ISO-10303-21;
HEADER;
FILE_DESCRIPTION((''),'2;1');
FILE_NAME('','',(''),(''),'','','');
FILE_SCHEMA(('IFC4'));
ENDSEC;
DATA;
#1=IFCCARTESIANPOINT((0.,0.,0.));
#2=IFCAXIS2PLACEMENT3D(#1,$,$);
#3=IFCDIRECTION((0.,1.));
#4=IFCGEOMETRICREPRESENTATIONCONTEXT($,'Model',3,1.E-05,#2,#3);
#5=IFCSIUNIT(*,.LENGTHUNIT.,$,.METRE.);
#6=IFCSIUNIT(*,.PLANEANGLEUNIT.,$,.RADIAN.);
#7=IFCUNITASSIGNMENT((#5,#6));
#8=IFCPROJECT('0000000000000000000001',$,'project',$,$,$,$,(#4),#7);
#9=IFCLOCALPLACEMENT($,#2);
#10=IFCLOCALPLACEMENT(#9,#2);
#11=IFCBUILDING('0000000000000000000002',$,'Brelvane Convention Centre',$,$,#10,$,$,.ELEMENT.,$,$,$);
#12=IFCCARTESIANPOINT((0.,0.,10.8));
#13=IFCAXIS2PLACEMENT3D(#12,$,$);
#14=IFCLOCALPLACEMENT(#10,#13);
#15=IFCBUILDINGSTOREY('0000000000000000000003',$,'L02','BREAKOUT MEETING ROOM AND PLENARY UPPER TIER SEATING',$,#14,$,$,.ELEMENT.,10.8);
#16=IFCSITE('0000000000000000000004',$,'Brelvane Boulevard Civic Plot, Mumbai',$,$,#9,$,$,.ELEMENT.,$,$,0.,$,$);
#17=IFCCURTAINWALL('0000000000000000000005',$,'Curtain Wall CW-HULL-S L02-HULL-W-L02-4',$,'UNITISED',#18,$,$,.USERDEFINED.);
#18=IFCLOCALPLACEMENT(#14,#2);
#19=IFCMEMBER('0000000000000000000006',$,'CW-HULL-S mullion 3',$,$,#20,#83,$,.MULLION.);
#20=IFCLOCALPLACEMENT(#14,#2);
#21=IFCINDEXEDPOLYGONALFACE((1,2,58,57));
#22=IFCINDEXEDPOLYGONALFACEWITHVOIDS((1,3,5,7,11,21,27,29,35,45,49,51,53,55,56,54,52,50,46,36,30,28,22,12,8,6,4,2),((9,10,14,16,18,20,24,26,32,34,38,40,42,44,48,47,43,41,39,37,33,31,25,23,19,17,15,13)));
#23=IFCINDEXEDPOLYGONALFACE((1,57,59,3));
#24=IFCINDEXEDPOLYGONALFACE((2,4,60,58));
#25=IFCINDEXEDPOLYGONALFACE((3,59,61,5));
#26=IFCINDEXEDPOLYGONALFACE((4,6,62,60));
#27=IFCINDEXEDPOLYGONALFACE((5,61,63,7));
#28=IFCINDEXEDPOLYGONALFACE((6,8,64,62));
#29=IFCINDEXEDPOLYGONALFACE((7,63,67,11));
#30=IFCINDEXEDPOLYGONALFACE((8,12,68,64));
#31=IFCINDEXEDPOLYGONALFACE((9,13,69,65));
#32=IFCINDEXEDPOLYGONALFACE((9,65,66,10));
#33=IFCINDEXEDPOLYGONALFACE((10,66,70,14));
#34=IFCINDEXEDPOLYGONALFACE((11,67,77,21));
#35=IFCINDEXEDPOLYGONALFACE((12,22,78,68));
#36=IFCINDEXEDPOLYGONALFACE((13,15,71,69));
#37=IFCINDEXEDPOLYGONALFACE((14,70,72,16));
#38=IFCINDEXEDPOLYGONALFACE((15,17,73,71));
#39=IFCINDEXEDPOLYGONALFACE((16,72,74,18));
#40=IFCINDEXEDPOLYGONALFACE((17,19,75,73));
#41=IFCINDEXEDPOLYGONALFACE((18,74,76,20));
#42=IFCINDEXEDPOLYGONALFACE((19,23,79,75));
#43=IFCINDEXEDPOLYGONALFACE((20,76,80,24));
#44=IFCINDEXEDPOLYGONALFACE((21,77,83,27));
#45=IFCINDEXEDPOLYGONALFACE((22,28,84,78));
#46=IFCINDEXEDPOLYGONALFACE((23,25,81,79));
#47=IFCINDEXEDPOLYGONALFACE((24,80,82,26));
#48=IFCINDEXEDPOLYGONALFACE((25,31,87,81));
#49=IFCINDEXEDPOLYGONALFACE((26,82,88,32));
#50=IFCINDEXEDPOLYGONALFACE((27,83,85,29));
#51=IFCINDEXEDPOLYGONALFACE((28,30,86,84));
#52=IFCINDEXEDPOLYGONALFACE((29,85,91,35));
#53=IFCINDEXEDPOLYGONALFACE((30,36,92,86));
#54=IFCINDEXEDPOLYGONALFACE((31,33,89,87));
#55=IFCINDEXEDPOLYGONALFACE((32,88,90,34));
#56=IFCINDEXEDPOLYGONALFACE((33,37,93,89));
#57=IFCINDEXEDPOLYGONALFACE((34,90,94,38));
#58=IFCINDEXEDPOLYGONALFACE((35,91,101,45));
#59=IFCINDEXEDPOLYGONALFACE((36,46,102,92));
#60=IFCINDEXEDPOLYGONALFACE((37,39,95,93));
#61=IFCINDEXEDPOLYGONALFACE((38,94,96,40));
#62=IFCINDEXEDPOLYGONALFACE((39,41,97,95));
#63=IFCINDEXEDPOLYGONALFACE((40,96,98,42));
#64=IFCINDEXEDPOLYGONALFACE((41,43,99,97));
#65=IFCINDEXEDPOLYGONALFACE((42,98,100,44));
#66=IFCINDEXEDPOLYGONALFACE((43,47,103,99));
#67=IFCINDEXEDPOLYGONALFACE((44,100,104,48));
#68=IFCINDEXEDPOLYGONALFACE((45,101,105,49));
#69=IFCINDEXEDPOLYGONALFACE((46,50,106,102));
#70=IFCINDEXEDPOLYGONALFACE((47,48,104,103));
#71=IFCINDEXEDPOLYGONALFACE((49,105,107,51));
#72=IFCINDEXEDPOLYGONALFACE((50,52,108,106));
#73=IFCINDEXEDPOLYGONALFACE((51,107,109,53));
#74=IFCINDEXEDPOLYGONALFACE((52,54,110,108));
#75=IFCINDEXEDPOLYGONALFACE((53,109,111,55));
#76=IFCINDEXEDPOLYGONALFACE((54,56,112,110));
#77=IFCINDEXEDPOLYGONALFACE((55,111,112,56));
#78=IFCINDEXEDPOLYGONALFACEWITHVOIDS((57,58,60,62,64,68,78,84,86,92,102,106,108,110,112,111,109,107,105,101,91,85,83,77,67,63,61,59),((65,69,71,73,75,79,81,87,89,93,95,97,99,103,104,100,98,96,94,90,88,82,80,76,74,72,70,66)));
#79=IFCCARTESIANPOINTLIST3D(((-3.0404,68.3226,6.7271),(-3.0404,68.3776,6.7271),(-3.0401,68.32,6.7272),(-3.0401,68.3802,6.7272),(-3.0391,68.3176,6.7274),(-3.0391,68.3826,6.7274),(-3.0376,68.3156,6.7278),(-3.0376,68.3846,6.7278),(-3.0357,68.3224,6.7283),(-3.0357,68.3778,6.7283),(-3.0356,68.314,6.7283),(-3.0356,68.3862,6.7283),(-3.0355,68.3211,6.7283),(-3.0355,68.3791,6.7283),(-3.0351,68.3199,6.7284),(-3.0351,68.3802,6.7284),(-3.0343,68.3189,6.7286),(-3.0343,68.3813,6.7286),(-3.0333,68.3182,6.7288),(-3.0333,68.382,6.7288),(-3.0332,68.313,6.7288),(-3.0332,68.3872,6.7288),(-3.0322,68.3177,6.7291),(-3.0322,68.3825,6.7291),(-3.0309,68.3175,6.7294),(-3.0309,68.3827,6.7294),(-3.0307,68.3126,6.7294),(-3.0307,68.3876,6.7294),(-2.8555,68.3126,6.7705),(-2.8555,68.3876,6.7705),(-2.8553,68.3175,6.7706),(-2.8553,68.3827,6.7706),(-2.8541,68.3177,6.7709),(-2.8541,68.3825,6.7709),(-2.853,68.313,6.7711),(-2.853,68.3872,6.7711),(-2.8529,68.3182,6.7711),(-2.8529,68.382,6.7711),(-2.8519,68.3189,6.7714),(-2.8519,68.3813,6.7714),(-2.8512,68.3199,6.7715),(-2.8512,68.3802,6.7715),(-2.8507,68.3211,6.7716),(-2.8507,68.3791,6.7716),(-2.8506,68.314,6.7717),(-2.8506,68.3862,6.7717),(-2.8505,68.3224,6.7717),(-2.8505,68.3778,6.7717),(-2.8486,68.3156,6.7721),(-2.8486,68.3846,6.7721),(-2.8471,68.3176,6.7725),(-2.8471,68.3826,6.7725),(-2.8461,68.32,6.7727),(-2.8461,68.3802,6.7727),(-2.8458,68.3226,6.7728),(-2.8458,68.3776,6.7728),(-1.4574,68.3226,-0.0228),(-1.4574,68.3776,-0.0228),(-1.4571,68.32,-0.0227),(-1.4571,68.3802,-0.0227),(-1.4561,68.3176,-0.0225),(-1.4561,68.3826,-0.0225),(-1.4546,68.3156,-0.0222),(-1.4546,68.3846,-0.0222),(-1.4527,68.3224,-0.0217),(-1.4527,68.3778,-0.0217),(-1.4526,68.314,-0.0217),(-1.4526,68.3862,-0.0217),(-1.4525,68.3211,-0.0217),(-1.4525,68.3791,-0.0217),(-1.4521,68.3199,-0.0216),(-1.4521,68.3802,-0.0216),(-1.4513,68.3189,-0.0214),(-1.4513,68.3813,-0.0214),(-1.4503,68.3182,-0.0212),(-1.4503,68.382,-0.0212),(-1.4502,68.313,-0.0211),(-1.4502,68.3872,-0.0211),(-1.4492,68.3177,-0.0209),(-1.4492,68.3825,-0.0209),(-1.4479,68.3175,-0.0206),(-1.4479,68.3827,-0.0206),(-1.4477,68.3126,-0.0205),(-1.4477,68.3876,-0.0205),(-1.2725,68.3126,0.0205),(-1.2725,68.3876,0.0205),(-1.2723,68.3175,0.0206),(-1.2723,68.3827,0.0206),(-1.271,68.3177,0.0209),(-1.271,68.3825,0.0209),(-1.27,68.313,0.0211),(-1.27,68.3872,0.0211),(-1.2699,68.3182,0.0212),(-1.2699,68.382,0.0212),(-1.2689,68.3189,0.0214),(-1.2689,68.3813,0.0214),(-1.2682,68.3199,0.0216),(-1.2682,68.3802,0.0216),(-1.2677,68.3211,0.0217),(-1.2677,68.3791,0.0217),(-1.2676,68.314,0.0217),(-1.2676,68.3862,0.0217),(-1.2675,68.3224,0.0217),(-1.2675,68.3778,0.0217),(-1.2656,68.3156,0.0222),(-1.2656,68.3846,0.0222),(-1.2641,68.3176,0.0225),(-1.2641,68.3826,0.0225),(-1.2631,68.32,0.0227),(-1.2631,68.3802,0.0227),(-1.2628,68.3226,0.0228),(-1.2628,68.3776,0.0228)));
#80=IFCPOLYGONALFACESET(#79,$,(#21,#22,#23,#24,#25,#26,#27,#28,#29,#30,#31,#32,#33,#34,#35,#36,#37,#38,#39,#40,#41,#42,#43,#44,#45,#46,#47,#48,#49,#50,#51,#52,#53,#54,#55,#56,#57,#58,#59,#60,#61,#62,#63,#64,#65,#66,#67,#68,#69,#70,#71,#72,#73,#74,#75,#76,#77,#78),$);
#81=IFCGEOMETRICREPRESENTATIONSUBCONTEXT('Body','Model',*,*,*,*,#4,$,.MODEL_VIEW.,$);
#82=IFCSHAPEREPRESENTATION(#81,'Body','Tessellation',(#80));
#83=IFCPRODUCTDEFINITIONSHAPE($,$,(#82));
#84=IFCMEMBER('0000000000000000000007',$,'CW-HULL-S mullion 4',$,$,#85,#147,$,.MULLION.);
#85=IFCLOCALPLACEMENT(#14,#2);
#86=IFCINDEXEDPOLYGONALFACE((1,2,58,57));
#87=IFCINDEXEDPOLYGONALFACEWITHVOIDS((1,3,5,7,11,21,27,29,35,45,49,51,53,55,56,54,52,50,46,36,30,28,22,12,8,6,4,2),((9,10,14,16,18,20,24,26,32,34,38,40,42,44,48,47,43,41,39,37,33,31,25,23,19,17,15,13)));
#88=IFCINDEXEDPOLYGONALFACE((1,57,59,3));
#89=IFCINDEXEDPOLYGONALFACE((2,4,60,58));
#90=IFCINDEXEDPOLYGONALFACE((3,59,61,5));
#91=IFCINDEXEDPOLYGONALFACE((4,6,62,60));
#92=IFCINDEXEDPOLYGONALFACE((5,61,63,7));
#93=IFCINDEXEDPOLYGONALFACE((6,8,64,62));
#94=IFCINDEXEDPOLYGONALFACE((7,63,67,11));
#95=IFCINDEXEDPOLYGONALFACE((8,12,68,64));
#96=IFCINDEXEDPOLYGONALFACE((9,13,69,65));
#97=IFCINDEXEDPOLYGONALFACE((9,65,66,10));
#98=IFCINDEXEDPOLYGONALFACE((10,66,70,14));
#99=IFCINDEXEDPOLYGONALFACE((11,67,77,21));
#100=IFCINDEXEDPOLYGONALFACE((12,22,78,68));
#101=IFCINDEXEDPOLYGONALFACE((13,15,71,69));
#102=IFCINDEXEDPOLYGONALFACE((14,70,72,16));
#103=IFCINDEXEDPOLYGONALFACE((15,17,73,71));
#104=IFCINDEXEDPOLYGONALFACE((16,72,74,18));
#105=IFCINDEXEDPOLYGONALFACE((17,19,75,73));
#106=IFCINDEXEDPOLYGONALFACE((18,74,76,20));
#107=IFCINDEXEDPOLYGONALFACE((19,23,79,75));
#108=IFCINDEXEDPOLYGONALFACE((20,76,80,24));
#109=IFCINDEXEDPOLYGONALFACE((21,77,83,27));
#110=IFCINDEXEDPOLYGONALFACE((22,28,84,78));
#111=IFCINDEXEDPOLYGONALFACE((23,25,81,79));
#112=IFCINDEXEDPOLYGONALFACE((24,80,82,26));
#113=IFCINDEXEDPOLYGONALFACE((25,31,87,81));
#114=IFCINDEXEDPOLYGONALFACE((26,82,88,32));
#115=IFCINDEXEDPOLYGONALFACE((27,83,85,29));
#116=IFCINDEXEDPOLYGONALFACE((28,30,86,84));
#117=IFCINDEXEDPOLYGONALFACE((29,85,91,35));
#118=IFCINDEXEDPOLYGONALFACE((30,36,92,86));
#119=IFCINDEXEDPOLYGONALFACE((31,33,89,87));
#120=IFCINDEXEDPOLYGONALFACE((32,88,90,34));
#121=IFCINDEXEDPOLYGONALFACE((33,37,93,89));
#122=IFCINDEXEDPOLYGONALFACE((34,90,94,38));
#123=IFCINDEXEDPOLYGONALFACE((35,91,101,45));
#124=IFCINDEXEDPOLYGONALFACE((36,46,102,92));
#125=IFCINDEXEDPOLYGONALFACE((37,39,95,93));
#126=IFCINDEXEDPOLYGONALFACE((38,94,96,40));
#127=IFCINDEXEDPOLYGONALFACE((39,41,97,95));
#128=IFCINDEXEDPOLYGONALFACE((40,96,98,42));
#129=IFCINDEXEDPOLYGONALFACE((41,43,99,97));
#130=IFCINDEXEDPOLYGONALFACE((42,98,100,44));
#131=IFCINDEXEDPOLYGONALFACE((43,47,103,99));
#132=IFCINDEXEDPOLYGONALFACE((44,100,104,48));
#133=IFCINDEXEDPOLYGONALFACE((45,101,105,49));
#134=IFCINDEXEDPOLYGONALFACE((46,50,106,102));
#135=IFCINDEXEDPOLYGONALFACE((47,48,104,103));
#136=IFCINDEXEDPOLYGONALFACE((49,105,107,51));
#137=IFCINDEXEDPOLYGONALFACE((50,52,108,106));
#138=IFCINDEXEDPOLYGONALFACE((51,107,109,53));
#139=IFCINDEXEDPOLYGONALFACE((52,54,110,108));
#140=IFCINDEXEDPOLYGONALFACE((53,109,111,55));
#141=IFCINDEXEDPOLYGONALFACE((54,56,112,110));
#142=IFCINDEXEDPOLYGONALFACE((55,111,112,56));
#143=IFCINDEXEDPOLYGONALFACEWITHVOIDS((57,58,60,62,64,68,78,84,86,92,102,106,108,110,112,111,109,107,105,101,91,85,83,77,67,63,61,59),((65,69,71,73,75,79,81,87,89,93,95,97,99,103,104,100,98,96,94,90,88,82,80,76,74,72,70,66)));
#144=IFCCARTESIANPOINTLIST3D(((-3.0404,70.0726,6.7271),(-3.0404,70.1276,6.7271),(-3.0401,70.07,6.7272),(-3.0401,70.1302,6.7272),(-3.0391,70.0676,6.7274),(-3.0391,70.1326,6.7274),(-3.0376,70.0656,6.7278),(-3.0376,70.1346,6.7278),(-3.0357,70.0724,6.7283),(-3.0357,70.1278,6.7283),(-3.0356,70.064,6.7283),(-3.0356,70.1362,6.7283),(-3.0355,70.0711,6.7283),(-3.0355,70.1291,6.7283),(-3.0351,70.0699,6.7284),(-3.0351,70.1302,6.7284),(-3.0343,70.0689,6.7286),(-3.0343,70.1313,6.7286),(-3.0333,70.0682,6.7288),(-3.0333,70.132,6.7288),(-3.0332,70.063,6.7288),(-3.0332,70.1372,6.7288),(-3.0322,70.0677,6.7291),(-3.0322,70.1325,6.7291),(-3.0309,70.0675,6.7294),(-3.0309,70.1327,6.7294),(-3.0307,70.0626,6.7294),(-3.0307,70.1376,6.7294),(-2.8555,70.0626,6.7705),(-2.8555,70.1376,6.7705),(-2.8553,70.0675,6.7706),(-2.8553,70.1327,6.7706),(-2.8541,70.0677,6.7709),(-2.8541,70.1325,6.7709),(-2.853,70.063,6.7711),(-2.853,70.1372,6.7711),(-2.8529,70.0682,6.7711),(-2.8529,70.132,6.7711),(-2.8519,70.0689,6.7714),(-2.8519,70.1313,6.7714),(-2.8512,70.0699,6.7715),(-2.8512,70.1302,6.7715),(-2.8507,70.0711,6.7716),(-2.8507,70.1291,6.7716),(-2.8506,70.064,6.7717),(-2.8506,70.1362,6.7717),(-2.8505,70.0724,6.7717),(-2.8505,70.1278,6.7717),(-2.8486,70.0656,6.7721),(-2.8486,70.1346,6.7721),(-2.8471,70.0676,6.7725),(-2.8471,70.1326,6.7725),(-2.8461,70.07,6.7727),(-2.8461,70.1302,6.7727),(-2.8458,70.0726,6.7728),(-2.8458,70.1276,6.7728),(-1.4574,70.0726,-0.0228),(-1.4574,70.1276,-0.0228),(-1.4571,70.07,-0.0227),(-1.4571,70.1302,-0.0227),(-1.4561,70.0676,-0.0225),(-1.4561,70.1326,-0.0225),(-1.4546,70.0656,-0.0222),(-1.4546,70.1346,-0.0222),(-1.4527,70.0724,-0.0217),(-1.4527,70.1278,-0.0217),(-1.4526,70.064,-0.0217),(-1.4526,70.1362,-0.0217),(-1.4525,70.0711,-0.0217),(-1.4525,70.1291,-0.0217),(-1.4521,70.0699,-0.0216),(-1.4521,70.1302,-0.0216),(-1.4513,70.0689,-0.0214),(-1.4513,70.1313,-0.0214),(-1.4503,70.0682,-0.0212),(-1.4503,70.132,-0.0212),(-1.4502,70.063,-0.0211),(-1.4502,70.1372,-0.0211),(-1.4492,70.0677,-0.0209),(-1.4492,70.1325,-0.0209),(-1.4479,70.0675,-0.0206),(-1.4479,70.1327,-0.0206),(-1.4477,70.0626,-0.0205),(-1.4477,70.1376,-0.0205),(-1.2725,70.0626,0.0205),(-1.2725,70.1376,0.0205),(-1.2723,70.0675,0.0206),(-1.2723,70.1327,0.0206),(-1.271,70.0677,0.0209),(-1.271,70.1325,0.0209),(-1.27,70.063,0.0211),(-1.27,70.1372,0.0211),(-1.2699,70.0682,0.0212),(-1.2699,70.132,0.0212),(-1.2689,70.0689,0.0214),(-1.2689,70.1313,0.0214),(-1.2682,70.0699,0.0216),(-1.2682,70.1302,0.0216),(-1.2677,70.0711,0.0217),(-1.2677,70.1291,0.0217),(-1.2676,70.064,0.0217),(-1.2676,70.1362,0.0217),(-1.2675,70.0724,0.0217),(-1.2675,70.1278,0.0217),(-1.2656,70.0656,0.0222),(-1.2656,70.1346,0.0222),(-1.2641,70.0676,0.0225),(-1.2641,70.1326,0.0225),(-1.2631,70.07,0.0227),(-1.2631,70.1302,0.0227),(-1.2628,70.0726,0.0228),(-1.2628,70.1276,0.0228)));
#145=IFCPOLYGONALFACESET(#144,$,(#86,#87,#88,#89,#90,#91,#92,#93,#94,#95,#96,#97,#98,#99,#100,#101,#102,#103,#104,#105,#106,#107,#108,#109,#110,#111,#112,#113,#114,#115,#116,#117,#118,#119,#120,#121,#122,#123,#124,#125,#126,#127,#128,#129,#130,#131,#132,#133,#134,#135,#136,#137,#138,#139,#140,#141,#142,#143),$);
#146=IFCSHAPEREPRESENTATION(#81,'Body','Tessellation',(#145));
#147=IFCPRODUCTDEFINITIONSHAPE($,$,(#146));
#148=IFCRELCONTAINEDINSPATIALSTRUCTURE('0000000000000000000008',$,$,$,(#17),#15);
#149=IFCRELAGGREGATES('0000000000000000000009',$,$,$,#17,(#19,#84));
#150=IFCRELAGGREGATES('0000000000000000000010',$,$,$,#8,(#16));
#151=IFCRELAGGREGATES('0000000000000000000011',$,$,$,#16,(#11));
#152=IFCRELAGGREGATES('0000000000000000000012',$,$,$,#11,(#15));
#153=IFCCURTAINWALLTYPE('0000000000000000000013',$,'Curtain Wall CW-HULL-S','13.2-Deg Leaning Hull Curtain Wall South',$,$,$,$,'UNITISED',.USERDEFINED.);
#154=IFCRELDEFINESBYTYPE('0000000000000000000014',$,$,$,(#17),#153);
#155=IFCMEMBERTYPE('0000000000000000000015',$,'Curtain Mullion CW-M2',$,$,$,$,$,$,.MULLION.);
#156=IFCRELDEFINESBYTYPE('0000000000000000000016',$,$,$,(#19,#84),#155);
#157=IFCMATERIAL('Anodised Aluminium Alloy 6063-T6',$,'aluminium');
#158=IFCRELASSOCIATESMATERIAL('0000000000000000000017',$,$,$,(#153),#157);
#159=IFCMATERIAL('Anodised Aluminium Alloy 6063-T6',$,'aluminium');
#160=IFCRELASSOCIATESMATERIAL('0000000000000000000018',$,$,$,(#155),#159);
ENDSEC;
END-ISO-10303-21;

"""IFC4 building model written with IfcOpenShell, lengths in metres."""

from ifc_helpers import new_model, si_unit, direction, frame, origin, origin_2d, place, context, subcontext, project, spatial, hollow_rectangle, extrude, material, material_profile, profile_set, type_object, element, aggregate, save


model = new_model("IFC4")

# Units and contexts
model_context = context("Model", 3, precision=1e-05, world=origin(), true_north=direction((0.0, 1.0)))
body_context = subcontext(model_context, "Body", "Model", "MODEL_VIEW")
ifc_project = project(units=[si_unit("LENGTHUNIT", "METRE"), si_unit("PLANEANGLEUNIT", "RADIAN")], contexts=[model_context])

# Site, building, storey
site_placement = place(None, origin())
site = spatial("IfcSite", under=ifc_project, at=site_placement, Name="Brelvane Boulevard Civic Plot, Mumbai", CompositionType="ELEMENT", RefElevation=0.0)
building_placement = place(site_placement, origin())
building = spatial("IfcBuilding", under=site, at=building_placement, Name="Brelvane Convention Centre", CompositionType="ELEMENT")
storey_placement = place(building_placement, frame((0.0, 0.0, 10.8)))
storey = spatial("IfcBuildingStorey", under=building, at=storey_placement, Name="L02", Description="BREAKOUT MEETING ROOM AND PLENARY UPPER TIER SEATING", CompositionType="ELEMENT", Elevation=10.8)

# Shared definitions
ifc_material_1 = material(Name="Anodised Aluminium Alloy 6063-T6", Category="aluminium")
curtain_wall_type = type_object("IfcCurtainWallType", Name="Curtain Wall CW-HULL-S", Description="13.2-Deg Leaning Hull Curtain Wall South", ElementType="UNITISED", PredefinedType="USERDEFINED", material=ifc_material_1)
ifc_material_2 = material(Name="Anodised Aluminium Alloy 6063-T6", Category="aluminium")
ifc_material_profile_1 = material_profile(ifc_material_2, hollow_rectangle(XDim=0.075, YDim=0.2, WallThickness=0.0049, InnerFilletRadius=0.0049, OuterFilletRadius=0.01, at=origin_2d()), Name="ALU-M 200x75x5.0")
ifc_profile_set_1 = profile_set([ifc_material_profile_1], Name="Anodised Aluminium Alloy 6063-T6")
member_type_1 = type_object("IfcMemberType", Name="Curtain Mullion CW-M2", PredefinedType="MULLION", material=ifc_profile_set_1)

# Curtain wall, members
curtain_wall_1_placement = place(storey_placement, origin())
curtain_wall_1 = element("IfcCurtainWall", 1, at=curtain_wall_1_placement, inside=storey, type_object=curtain_wall_type, Name="Curtain Wall CW-HULL-S L02-HULL-W-L02-4", ObjectType="UNITISED", PredefinedType="USERDEFINED")
member_1_placement = place(storey_placement, frame((-1.3601, 68.3501, 0.0), z_axis=(-0.228325, 0.0, 0.973585), x_axis=(0.0, -1.0, 0.0)))
member_1 = element("IfcMember", 2, at=member_1_placement, type_object=member_type_1, Name="CW-HULL-S mullion 3", PredefinedType="MULLION", context=body_context, shape_type="SweptSolid", body=[
    extrude(hollow_rectangle(XDim=0.075, YDim=0.2, WallThickness=0.0049, InnerFilletRadius=0.0049, OuterFilletRadius=0.01, at=origin_2d()), origin(), (0.0, 0.0, 1.0), 6.9331),
])
member_2_placement = place(storey_placement, frame((-1.3601, 70.1001, 0.0), z_axis=(-0.228325, 0.0, 0.973585), x_axis=(0.0, -1.0, 0.0)))
member_2 = element("IfcMember", 3, at=member_2_placement, type_object=member_type_1, Name="CW-HULL-S mullion 4", PredefinedType="MULLION", context=body_context, shape_type="SweptSolid", body=[
    extrude(hollow_rectangle(XDim=0.075, YDim=0.2, WallThickness=0.0049, InnerFilletRadius=0.0049, OuterFilletRadius=0.01, at=origin_2d()), origin(), (0.0, 0.0, 1.0), 6.9331),
])

aggregate(curtain_wall_1, [member_1, member_2])

save(model, "model.ifc")
